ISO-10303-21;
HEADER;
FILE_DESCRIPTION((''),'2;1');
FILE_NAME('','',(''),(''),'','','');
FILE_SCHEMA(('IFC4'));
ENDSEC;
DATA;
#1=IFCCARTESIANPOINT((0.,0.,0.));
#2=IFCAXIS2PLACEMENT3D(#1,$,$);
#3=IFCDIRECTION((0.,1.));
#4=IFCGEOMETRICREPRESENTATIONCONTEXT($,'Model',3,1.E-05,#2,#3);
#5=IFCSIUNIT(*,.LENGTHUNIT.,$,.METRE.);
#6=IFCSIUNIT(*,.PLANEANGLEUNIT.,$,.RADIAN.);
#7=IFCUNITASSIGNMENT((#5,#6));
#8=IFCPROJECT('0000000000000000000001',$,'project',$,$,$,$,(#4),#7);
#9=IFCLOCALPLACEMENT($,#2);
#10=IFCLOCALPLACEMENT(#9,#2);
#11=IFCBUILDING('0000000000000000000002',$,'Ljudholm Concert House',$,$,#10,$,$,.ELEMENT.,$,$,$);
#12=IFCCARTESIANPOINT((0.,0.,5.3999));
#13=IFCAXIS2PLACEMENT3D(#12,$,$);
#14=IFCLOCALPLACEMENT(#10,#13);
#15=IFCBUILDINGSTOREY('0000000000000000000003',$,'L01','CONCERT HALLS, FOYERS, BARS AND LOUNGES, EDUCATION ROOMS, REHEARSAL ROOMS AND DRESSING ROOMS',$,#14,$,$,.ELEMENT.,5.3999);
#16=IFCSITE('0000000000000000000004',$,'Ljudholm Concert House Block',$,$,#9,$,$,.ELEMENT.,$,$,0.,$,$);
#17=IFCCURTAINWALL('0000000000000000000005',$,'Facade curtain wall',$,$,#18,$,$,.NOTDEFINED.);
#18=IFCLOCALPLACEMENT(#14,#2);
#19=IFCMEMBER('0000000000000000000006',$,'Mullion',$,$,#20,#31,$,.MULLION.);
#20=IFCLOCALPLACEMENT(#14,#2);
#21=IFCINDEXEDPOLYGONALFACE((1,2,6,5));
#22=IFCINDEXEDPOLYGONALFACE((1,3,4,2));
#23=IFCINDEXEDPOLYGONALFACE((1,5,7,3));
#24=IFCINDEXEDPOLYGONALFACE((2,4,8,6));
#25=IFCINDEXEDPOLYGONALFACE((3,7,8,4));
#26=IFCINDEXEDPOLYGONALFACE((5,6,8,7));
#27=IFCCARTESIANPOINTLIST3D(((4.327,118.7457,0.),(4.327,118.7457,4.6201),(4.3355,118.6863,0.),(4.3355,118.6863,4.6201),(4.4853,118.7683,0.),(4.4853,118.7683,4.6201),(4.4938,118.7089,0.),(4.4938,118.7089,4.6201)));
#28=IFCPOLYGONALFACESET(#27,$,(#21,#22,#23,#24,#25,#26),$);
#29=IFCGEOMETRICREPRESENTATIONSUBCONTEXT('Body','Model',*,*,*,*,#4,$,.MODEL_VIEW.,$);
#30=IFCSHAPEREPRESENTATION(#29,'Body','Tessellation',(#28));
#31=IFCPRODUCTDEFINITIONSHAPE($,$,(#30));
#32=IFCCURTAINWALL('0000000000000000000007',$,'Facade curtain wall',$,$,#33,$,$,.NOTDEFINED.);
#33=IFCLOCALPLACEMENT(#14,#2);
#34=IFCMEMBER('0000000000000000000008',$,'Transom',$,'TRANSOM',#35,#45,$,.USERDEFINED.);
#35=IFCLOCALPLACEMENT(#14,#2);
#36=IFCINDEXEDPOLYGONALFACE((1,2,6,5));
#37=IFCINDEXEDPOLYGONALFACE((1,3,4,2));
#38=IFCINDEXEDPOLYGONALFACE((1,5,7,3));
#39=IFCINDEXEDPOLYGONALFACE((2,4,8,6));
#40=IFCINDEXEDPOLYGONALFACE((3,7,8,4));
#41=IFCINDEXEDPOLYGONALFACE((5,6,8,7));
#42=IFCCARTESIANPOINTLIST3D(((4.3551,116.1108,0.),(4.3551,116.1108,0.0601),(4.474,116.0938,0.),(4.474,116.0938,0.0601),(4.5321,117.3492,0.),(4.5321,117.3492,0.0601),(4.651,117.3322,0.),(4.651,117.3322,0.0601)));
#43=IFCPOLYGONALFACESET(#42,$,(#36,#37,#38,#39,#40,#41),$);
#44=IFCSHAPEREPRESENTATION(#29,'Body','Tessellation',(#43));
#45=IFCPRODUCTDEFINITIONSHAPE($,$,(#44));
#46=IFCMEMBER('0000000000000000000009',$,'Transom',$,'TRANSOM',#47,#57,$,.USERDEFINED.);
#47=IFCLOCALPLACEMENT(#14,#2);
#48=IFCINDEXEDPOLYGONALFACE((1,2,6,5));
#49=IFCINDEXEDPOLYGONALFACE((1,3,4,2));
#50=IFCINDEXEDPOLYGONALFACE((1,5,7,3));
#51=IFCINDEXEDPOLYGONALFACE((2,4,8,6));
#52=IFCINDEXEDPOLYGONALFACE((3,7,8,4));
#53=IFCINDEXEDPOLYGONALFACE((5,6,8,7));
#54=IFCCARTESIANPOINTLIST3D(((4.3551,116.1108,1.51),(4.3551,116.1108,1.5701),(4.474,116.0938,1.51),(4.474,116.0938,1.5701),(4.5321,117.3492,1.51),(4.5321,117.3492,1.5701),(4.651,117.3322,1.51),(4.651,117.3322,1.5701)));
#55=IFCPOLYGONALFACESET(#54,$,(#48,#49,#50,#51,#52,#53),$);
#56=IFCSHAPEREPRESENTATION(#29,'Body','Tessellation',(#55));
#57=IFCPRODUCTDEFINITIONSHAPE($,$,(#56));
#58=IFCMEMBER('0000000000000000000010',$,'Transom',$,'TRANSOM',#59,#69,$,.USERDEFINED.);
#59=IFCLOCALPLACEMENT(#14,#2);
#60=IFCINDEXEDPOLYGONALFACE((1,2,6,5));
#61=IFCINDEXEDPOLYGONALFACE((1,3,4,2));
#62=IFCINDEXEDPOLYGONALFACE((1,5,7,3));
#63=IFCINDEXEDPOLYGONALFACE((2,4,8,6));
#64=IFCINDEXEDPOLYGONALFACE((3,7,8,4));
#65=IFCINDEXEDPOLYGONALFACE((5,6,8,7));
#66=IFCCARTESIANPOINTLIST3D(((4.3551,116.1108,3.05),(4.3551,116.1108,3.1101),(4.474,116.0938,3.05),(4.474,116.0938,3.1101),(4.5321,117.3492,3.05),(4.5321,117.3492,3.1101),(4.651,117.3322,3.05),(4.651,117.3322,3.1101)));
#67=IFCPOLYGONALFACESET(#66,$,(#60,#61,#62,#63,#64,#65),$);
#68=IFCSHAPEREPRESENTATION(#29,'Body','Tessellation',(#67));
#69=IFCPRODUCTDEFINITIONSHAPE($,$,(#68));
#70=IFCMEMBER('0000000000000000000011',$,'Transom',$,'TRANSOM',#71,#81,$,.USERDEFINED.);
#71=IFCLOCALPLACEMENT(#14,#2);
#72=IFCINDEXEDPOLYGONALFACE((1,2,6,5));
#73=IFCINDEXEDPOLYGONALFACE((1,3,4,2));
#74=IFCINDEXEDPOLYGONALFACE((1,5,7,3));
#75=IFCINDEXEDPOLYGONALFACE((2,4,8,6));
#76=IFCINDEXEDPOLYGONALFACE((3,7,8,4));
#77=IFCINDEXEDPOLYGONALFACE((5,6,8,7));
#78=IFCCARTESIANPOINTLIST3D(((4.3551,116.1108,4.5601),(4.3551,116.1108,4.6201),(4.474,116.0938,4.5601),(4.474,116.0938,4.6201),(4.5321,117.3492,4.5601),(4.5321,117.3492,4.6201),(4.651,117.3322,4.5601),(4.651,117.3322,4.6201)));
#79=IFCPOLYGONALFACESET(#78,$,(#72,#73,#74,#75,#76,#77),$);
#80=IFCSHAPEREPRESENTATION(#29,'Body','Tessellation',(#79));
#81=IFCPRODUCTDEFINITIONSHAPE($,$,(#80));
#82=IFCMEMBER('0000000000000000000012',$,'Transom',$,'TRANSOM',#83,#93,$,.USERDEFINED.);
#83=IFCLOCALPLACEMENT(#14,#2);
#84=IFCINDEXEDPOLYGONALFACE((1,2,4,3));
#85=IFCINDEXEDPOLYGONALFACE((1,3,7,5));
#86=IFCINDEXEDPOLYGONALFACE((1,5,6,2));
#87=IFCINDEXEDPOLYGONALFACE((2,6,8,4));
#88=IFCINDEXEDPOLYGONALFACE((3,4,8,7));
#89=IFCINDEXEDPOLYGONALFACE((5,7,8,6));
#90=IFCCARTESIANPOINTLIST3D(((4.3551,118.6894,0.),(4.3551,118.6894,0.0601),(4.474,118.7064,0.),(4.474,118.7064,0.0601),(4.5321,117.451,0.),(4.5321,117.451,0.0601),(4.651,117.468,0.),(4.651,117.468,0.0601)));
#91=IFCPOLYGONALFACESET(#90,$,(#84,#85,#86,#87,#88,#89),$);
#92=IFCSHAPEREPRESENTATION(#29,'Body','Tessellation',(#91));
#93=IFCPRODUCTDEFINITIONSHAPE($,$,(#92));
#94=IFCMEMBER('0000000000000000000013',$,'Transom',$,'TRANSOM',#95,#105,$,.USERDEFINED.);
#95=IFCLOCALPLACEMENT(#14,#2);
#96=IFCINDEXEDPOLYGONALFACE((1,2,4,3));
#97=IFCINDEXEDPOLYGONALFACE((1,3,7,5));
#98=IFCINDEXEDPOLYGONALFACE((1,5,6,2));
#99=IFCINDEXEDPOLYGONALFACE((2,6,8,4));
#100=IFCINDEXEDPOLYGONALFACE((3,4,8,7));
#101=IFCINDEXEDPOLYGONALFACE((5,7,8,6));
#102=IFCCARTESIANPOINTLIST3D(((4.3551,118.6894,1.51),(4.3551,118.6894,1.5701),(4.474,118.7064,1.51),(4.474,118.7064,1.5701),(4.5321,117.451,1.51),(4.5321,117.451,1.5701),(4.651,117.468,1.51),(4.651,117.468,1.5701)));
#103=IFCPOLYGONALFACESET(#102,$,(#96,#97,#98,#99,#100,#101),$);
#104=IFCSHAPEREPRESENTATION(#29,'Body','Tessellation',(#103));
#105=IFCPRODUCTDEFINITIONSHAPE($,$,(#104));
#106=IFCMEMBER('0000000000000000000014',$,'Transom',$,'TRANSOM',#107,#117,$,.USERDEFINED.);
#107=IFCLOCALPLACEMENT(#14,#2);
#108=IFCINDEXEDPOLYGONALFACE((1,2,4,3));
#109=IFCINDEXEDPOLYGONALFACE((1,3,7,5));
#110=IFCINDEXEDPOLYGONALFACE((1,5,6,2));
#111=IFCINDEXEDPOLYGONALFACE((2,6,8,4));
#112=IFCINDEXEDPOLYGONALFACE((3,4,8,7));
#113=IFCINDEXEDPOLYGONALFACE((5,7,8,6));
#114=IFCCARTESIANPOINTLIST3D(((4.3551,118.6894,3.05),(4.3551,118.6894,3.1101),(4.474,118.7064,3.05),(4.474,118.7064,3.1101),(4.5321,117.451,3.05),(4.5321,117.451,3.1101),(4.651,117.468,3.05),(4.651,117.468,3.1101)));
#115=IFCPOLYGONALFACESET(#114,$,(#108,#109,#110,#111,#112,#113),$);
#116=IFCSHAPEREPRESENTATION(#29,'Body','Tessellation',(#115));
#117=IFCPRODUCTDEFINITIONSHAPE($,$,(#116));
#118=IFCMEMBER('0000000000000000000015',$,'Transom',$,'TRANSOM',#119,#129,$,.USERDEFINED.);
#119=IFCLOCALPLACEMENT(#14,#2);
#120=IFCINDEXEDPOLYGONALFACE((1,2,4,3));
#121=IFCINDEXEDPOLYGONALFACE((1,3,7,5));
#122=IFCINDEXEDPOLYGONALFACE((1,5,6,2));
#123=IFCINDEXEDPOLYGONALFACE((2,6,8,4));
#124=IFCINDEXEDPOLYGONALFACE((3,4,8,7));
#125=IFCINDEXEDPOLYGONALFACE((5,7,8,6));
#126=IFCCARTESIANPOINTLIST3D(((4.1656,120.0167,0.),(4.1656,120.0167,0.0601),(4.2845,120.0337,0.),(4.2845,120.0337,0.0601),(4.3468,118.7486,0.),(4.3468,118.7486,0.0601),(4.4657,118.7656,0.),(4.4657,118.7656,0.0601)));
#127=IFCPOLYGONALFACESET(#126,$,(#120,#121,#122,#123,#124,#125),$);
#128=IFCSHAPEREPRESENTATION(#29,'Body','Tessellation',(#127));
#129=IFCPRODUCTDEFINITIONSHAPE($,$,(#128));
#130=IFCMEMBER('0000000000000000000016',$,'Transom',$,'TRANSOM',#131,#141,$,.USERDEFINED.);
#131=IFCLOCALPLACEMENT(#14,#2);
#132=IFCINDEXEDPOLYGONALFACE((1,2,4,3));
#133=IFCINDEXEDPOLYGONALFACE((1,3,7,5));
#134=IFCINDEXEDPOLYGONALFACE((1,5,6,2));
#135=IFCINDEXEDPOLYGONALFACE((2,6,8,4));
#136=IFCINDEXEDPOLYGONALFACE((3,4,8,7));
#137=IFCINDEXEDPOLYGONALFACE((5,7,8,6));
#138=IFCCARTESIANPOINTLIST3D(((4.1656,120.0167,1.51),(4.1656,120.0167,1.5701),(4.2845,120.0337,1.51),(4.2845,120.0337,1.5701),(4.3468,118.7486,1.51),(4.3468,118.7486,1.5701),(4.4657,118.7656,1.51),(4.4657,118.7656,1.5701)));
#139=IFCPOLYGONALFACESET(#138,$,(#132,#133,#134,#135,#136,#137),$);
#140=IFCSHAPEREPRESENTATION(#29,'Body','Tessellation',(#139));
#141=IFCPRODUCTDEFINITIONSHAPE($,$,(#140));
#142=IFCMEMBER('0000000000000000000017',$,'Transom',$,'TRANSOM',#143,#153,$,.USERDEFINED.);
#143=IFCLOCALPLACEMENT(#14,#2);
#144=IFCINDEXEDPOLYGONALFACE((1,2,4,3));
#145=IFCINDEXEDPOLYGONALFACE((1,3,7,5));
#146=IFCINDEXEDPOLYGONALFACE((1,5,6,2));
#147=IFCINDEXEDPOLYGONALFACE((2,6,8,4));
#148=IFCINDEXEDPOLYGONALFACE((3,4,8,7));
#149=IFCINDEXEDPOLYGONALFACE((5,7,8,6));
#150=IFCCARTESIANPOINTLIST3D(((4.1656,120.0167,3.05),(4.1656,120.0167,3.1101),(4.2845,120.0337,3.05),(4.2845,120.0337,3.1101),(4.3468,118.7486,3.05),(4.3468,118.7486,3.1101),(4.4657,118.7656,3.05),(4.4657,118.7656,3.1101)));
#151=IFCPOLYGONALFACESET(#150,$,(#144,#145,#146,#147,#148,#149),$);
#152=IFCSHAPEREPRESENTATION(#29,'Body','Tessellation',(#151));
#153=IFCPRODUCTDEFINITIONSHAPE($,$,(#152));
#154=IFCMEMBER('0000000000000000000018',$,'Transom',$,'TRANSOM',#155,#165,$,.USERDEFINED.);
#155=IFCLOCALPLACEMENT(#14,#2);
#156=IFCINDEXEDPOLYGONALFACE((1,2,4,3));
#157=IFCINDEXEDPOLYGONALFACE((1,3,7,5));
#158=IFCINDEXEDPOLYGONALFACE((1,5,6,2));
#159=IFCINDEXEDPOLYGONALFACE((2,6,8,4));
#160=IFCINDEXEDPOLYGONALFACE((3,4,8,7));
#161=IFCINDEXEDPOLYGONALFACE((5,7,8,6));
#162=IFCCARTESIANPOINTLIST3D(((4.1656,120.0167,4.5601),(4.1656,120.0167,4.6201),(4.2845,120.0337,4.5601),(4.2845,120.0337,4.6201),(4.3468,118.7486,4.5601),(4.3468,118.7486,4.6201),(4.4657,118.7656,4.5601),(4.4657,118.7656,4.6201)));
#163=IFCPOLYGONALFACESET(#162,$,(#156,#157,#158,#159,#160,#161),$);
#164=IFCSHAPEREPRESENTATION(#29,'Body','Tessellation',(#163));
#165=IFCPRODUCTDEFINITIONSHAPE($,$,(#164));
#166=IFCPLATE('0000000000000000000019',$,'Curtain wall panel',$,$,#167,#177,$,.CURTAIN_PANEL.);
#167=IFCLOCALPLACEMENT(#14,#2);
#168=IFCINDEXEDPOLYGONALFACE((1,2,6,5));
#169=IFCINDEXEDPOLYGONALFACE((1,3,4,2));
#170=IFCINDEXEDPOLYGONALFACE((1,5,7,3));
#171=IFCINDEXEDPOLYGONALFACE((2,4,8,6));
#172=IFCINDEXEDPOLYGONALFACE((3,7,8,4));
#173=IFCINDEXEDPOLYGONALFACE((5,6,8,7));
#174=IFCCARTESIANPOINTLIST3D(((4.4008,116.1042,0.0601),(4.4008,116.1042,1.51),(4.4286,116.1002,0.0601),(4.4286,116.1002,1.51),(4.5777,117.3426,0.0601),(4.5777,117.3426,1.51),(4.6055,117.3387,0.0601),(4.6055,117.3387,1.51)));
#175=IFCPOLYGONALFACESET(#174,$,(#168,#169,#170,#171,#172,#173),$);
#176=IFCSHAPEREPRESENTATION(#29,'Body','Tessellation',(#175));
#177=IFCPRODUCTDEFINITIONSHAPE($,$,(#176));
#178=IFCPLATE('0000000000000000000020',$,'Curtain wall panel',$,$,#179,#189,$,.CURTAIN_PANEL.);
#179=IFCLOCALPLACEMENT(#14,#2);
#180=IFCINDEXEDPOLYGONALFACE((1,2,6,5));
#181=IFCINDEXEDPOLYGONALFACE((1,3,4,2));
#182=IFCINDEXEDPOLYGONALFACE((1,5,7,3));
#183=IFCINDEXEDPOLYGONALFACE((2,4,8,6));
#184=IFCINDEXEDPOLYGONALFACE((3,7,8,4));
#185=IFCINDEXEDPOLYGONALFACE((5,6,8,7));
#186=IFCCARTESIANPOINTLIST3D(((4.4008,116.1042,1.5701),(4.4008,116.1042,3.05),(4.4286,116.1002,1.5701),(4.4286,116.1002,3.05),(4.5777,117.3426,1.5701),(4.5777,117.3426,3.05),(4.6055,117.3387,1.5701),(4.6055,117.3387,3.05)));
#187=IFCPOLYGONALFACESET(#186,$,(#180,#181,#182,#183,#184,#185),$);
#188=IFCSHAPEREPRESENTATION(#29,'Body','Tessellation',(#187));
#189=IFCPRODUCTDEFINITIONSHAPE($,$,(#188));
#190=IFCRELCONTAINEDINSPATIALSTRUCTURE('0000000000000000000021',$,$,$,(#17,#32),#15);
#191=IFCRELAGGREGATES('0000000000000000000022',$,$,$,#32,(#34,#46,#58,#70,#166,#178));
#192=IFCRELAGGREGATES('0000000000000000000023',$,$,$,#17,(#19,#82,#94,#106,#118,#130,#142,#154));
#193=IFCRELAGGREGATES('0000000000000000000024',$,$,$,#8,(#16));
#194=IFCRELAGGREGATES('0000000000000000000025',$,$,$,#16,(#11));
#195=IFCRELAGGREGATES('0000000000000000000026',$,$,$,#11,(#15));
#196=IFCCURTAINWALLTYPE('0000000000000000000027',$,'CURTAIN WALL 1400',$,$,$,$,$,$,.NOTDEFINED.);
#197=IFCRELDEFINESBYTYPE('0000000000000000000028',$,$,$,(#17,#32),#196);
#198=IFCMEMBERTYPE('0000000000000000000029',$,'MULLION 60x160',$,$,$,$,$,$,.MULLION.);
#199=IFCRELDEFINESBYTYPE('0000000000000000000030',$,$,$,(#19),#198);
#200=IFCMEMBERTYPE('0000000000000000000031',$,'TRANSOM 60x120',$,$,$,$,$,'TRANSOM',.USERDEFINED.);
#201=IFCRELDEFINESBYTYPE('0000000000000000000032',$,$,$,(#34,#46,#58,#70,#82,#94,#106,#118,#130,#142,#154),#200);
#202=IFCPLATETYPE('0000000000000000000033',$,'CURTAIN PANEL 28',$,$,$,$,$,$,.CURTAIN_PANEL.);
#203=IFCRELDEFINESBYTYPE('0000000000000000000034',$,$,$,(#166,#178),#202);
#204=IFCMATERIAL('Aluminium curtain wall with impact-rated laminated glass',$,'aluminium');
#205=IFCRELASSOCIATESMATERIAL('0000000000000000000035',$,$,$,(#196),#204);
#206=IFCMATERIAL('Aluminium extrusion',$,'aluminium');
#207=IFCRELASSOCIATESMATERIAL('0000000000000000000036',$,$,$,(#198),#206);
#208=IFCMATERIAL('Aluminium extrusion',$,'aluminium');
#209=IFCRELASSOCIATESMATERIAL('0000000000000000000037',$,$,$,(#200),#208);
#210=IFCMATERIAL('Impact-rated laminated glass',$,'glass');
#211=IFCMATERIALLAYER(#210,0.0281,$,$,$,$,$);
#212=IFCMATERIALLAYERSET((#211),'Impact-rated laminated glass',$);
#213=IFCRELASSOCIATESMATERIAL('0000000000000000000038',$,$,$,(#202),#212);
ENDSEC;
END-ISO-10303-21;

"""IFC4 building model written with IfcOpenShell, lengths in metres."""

from ifc_helpers import new_model, si_unit, direction, frame, origin, origin_2d, place, context, subcontext, project, spatial, rectangle, extrude, material, layer, layer_set, material_profile, profile_set, type_object, element, aggregate, save


model = new_model("IFC4")

# Units and contexts
model_context = context("Model", 3, precision=1e-05, world=origin(), true_north=direction((0.0, 1.0)))
body_context = subcontext(model_context, "Body", "Model", "MODEL_VIEW")
ifc_project = project(units=[si_unit("LENGTHUNIT", "METRE"), si_unit("PLANEANGLEUNIT", "RADIAN")], contexts=[model_context])

# Site, building, storey
site_placement = place(None, origin())
site = spatial("IfcSite", under=ifc_project, at=site_placement, Name="Ljudholm Concert House Block", CompositionType="ELEMENT", RefElevation=0.0)
building_placement = place(site_placement, origin())
building = spatial("IfcBuilding", under=site, at=building_placement, Name="Ljudholm Concert House", CompositionType="ELEMENT")
storey_placement = place(building_placement, frame((0.0, 0.0, 5.3999)))
storey = spatial("IfcBuildingStorey", under=building, at=storey_placement, Name="L01", Description="CONCERT HALLS, FOYERS, BARS AND LOUNGES, EDUCATION ROOMS, REHEARSAL ROOMS AND DRESSING ROOMS", CompositionType="ELEMENT", Elevation=5.3999)

# Curtain wall, member
ifc_material_1 = material(Name="Aluminium curtain wall with impact-rated laminated glass", Category="aluminium")
curtain_wall_type = type_object("IfcCurtainWallType", Name="CURTAIN WALL 1400", PredefinedType="NOTDEFINED", material=ifc_material_1)
curtain_wall_1_placement = place(storey_placement, origin())
curtain_wall_1 = element("IfcCurtainWall", 1, at=curtain_wall_1_placement, inside=storey, type_object=curtain_wall_type, Name="Facade curtain wall", PredefinedType="NOTDEFINED")
ifc_material_2 = material(Name="Aluminium extrusion", Category="aluminium")
ifc_material_profile_1 = material_profile(ifc_material_2, rectangle(XDim=0.1599, YDim=0.0601, at=origin_2d()), Name="MULLION 60x160")
ifc_profile_set_1 = profile_set([ifc_material_profile_1], Name="Aluminium extrusion")
member_type_1 = type_object("IfcMemberType", Name="MULLION 60x160", PredefinedType="MULLION", material=ifc_profile_set_1)
member_1_placement = place(storey_placement, frame((4.4104, 118.7273, 0.0), z_axis=(0.0, 0.0, 1.0), x_axis=(-0.989949, -0.141421, 0.0)))
member_1 = element("IfcMember", 2, at=member_1_placement, type_object=member_type_1, Name="Mullion", PredefinedType="MULLION", context=body_context, shape_type="SweptSolid", body=[
    extrude(rectangle(XDim=0.1599, YDim=0.0601, at=origin_2d()), origin(), (0.0, 0.0, 1.0), 4.6201),
])

# Curtain wall, members
curtain_wall_2_placement = place(storey_placement, origin())
curtain_wall_2 = element("IfcCurtainWall", 3, at=curtain_wall_2_placement, inside=storey, type_object=curtain_wall_type, Name="Facade curtain wall", PredefinedType="NOTDEFINED")
ifc_material_3 = material(Name="Aluminium extrusion", Category="aluminium")
ifc_material_profile_2 = material_profile(ifc_material_3, rectangle(XDim=0.1201, YDim=0.0601, at=origin_2d()), Name="TRANSOM 60x120")
ifc_profile_set_2 = profile_set([ifc_material_profile_2], Name="Aluminium extrusion")
member_type_2 = type_object("IfcMemberType", Name="TRANSOM 60x120", ElementType="TRANSOM", PredefinedType="USERDEFINED", material=ifc_profile_set_2)
member_2_placement = place(storey_placement, frame((4.4146, 116.1023, 0.03), z_axis=(0.141503, 0.989938, 0.0), x_axis=(-0.989938, 0.141503, 0.0)))
member_2 = element("IfcMember", 4, at=member_2_placement, type_object=member_type_2, Name="Transom", ObjectType="TRANSOM", PredefinedType="USERDEFINED", context=body_context, shape_type="SweptSolid", body=[
    extrude(rectangle(XDim=0.1201, YDim=0.0601, at=origin_2d()), origin(), (0.0, 0.0, 1.0), 1.251),
])
member_3_placement = place(storey_placement, frame((4.4146, 116.1023, 1.54), z_axis=(0.141503, 0.989938, 0.0), x_axis=(-0.989938, 0.141503, 0.0)))
member_3 = element("IfcMember", 5, at=member_3_placement, type_object=member_type_2, Name="Transom", ObjectType="TRANSOM", PredefinedType="USERDEFINED", context=body_context, shape_type="SweptSolid", body=[
    extrude(rectangle(XDim=0.1201, YDim=0.0601, at=origin_2d()), origin(), (0.0, 0.0, 1.0), 1.251),
])
member_4_placement = place(storey_placement, frame((4.4146, 116.1023, 3.0801), z_axis=(0.141503, 0.989938, 0.0), x_axis=(-0.989938, 0.141503, 0.0)))
member_4 = element("IfcMember", 6, at=member_4_placement, type_object=member_type_2, Name="Transom", ObjectType="TRANSOM", PredefinedType="USERDEFINED", context=body_context, shape_type="SweptSolid", body=[
    extrude(rectangle(XDim=0.1201, YDim=0.0601, at=origin_2d()), origin(), (0.0, 0.0, 1.0), 1.251),
])
member_5_placement = place(storey_placement, frame((4.4146, 116.1023, 4.5901), z_axis=(0.141503, 0.989938, 0.0), x_axis=(-0.989938, 0.141503, 0.0)))
member_5 = element("IfcMember", 7, at=member_5_placement, type_object=member_type_2, Name="Transom", ObjectType="TRANSOM", PredefinedType="USERDEFINED", context=body_context, shape_type="SweptSolid", body=[
    extrude(rectangle(XDim=0.1201, YDim=0.0601, at=origin_2d()), origin(), (0.0, 0.0, 1.0), 1.251),
])

# Members
member_6_placement = place(storey_placement, frame((4.5916, 117.4595, 0.03), z_axis=(-0.141503, 0.989938, 0.0), x_axis=(-0.989938, -0.141503, 0.0)))
member_6 = element("IfcMember", 8, at=member_6_placement, type_object=member_type_2, Name="Transom", ObjectType="TRANSOM", PredefinedType="USERDEFINED", context=body_context, shape_type="SweptSolid", body=[
    extrude(rectangle(XDim=0.1201, YDim=0.0601, at=origin_2d()), origin(), (0.0, 0.0, 1.0), 1.251),
])
member_7_placement = place(storey_placement, frame((4.5916, 117.4595, 1.54), z_axis=(-0.141503, 0.989938, 0.0), x_axis=(-0.989938, -0.141503, 0.0)))
member_7 = element("IfcMember", 9, at=member_7_placement, type_object=member_type_2, Name="Transom", ObjectType="TRANSOM", PredefinedType="USERDEFINED", context=body_context, shape_type="SweptSolid", body=[
    extrude(rectangle(XDim=0.1201, YDim=0.0601, at=origin_2d()), origin(), (0.0, 0.0, 1.0), 1.251),
])
member_8_placement = place(storey_placement, frame((4.5916, 117.4595, 3.0801), z_axis=(-0.141503, 0.989938, 0.0), x_axis=(-0.989938, -0.141503, 0.0)))
member_8 = element("IfcMember", 10, at=member_8_placement, type_object=member_type_2, Name="Transom", ObjectType="TRANSOM", PredefinedType="USERDEFINED", context=body_context, shape_type="SweptSolid", body=[
    extrude(rectangle(XDim=0.1201, YDim=0.0601, at=origin_2d()), origin(), (0.0, 0.0, 1.0), 1.251),
])
member_9_placement = place(storey_placement, frame((4.4062, 118.7571, 0.03), z_axis=(-0.141421, 0.989949, 0.0), x_axis=(-0.989949, -0.141421, 0.0)))
member_9 = element("IfcMember", 11, at=member_9_placement, type_object=member_type_2, Name="Transom", ObjectType="TRANSOM", PredefinedType="USERDEFINED", context=body_context, shape_type="SweptSolid", body=[
    extrude(rectangle(XDim=0.1201, YDim=0.0601, at=origin_2d()), origin(), (0.0, 0.0, 1.0), 1.281),
])
member_10_placement = place(storey_placement, frame((4.4062, 118.7571, 1.54), z_axis=(-0.141421, 0.989949, 0.0), x_axis=(-0.989949, -0.141421, 0.0)))
member_10 = element("IfcMember", 12, at=member_10_placement, type_object=member_type_2, Name="Transom", ObjectType="TRANSOM", PredefinedType="USERDEFINED", context=body_context, shape_type="SweptSolid", body=[
    extrude(rectangle(XDim=0.1201, YDim=0.0601, at=origin_2d()), origin(), (0.0, 0.0, 1.0), 1.281),
])
member_11_placement = place(storey_placement, frame((4.4062, 118.7571, 3.0801), z_axis=(-0.141421, 0.989949, 0.0), x_axis=(-0.989949, -0.141421, 0.0)))
member_11 = element("IfcMember", 13, at=member_11_placement, type_object=member_type_2, Name="Transom", ObjectType="TRANSOM", PredefinedType="USERDEFINED", context=body_context, shape_type="SweptSolid", body=[
    extrude(rectangle(XDim=0.1201, YDim=0.0601, at=origin_2d()), origin(), (0.0, 0.0, 1.0), 1.281),
])
member_12_placement = place(storey_placement, frame((4.4062, 118.7571, 4.5901), z_axis=(-0.141421, 0.989949, 0.0), x_axis=(-0.989949, -0.141421, 0.0)))
member_12 = element("IfcMember", 14, at=member_12_placement, type_object=member_type_2, Name="Transom", ObjectType="TRANSOM", PredefinedType="USERDEFINED", context=body_context, shape_type="SweptSolid", body=[
    extrude(rectangle(XDim=0.1201, YDim=0.0601, at=origin_2d()), origin(), (0.0, 0.0, 1.0), 1.281),
])

# Plates
ifc_material_4 = material(Name="Impact-rated laminated glass", Category="glass")
ifc_layer = layer(ifc_material_4, 0.0281)
ifc_layer_set = layer_set([ifc_layer], Name="Impact-rated laminated glass")
plate_type = type_object("IfcPlateType", Name="CURTAIN PANEL 28", PredefinedType="CURTAIN_PANEL", material=ifc_layer_set)
plate_1_placement = place(storey_placement, frame((4.5032, 116.7214, 0.0601), z_axis=(0.0, 0.0, 1.0), x_axis=(0.141421, 0.989949, 0.0)))
plate_1 = element("IfcPlate", 15, at=plate_1_placement, type_object=plate_type, Name="Curtain wall panel", PredefinedType="CURTAIN_PANEL", context=body_context, shape_type="SweptSolid", body=[
    extrude(rectangle(XDim=1.251, YDim=0.0281, at=origin_2d()), origin(), (0.0, 0.0, 1.0), 1.45),
])
plate_2_placement = place(storey_placement, frame((4.5032, 116.7214, 1.5701), z_axis=(0.0, 0.0, 1.0), x_axis=(0.141421, 0.989949, 0.0)))
plate_2 = element("IfcPlate", 16, at=plate_2_placement, type_object=plate_type, Name="Curtain wall panel", PredefinedType="CURTAIN_PANEL", context=body_context, shape_type="SweptSolid", body=[
    extrude(rectangle(XDim=1.251, YDim=0.0281, at=origin_2d()), origin(), (0.0, 0.0, 1.0), 1.48),
])
aggregate(curtain_wall_2, [member_2, member_3, member_4, member_5, plate_1, plate_2])
aggregate(curtain_wall_1, [member_1, member_6, member_7, member_8, member_9, member_10, member_11, member_12])

save(model, "model.ifc")
